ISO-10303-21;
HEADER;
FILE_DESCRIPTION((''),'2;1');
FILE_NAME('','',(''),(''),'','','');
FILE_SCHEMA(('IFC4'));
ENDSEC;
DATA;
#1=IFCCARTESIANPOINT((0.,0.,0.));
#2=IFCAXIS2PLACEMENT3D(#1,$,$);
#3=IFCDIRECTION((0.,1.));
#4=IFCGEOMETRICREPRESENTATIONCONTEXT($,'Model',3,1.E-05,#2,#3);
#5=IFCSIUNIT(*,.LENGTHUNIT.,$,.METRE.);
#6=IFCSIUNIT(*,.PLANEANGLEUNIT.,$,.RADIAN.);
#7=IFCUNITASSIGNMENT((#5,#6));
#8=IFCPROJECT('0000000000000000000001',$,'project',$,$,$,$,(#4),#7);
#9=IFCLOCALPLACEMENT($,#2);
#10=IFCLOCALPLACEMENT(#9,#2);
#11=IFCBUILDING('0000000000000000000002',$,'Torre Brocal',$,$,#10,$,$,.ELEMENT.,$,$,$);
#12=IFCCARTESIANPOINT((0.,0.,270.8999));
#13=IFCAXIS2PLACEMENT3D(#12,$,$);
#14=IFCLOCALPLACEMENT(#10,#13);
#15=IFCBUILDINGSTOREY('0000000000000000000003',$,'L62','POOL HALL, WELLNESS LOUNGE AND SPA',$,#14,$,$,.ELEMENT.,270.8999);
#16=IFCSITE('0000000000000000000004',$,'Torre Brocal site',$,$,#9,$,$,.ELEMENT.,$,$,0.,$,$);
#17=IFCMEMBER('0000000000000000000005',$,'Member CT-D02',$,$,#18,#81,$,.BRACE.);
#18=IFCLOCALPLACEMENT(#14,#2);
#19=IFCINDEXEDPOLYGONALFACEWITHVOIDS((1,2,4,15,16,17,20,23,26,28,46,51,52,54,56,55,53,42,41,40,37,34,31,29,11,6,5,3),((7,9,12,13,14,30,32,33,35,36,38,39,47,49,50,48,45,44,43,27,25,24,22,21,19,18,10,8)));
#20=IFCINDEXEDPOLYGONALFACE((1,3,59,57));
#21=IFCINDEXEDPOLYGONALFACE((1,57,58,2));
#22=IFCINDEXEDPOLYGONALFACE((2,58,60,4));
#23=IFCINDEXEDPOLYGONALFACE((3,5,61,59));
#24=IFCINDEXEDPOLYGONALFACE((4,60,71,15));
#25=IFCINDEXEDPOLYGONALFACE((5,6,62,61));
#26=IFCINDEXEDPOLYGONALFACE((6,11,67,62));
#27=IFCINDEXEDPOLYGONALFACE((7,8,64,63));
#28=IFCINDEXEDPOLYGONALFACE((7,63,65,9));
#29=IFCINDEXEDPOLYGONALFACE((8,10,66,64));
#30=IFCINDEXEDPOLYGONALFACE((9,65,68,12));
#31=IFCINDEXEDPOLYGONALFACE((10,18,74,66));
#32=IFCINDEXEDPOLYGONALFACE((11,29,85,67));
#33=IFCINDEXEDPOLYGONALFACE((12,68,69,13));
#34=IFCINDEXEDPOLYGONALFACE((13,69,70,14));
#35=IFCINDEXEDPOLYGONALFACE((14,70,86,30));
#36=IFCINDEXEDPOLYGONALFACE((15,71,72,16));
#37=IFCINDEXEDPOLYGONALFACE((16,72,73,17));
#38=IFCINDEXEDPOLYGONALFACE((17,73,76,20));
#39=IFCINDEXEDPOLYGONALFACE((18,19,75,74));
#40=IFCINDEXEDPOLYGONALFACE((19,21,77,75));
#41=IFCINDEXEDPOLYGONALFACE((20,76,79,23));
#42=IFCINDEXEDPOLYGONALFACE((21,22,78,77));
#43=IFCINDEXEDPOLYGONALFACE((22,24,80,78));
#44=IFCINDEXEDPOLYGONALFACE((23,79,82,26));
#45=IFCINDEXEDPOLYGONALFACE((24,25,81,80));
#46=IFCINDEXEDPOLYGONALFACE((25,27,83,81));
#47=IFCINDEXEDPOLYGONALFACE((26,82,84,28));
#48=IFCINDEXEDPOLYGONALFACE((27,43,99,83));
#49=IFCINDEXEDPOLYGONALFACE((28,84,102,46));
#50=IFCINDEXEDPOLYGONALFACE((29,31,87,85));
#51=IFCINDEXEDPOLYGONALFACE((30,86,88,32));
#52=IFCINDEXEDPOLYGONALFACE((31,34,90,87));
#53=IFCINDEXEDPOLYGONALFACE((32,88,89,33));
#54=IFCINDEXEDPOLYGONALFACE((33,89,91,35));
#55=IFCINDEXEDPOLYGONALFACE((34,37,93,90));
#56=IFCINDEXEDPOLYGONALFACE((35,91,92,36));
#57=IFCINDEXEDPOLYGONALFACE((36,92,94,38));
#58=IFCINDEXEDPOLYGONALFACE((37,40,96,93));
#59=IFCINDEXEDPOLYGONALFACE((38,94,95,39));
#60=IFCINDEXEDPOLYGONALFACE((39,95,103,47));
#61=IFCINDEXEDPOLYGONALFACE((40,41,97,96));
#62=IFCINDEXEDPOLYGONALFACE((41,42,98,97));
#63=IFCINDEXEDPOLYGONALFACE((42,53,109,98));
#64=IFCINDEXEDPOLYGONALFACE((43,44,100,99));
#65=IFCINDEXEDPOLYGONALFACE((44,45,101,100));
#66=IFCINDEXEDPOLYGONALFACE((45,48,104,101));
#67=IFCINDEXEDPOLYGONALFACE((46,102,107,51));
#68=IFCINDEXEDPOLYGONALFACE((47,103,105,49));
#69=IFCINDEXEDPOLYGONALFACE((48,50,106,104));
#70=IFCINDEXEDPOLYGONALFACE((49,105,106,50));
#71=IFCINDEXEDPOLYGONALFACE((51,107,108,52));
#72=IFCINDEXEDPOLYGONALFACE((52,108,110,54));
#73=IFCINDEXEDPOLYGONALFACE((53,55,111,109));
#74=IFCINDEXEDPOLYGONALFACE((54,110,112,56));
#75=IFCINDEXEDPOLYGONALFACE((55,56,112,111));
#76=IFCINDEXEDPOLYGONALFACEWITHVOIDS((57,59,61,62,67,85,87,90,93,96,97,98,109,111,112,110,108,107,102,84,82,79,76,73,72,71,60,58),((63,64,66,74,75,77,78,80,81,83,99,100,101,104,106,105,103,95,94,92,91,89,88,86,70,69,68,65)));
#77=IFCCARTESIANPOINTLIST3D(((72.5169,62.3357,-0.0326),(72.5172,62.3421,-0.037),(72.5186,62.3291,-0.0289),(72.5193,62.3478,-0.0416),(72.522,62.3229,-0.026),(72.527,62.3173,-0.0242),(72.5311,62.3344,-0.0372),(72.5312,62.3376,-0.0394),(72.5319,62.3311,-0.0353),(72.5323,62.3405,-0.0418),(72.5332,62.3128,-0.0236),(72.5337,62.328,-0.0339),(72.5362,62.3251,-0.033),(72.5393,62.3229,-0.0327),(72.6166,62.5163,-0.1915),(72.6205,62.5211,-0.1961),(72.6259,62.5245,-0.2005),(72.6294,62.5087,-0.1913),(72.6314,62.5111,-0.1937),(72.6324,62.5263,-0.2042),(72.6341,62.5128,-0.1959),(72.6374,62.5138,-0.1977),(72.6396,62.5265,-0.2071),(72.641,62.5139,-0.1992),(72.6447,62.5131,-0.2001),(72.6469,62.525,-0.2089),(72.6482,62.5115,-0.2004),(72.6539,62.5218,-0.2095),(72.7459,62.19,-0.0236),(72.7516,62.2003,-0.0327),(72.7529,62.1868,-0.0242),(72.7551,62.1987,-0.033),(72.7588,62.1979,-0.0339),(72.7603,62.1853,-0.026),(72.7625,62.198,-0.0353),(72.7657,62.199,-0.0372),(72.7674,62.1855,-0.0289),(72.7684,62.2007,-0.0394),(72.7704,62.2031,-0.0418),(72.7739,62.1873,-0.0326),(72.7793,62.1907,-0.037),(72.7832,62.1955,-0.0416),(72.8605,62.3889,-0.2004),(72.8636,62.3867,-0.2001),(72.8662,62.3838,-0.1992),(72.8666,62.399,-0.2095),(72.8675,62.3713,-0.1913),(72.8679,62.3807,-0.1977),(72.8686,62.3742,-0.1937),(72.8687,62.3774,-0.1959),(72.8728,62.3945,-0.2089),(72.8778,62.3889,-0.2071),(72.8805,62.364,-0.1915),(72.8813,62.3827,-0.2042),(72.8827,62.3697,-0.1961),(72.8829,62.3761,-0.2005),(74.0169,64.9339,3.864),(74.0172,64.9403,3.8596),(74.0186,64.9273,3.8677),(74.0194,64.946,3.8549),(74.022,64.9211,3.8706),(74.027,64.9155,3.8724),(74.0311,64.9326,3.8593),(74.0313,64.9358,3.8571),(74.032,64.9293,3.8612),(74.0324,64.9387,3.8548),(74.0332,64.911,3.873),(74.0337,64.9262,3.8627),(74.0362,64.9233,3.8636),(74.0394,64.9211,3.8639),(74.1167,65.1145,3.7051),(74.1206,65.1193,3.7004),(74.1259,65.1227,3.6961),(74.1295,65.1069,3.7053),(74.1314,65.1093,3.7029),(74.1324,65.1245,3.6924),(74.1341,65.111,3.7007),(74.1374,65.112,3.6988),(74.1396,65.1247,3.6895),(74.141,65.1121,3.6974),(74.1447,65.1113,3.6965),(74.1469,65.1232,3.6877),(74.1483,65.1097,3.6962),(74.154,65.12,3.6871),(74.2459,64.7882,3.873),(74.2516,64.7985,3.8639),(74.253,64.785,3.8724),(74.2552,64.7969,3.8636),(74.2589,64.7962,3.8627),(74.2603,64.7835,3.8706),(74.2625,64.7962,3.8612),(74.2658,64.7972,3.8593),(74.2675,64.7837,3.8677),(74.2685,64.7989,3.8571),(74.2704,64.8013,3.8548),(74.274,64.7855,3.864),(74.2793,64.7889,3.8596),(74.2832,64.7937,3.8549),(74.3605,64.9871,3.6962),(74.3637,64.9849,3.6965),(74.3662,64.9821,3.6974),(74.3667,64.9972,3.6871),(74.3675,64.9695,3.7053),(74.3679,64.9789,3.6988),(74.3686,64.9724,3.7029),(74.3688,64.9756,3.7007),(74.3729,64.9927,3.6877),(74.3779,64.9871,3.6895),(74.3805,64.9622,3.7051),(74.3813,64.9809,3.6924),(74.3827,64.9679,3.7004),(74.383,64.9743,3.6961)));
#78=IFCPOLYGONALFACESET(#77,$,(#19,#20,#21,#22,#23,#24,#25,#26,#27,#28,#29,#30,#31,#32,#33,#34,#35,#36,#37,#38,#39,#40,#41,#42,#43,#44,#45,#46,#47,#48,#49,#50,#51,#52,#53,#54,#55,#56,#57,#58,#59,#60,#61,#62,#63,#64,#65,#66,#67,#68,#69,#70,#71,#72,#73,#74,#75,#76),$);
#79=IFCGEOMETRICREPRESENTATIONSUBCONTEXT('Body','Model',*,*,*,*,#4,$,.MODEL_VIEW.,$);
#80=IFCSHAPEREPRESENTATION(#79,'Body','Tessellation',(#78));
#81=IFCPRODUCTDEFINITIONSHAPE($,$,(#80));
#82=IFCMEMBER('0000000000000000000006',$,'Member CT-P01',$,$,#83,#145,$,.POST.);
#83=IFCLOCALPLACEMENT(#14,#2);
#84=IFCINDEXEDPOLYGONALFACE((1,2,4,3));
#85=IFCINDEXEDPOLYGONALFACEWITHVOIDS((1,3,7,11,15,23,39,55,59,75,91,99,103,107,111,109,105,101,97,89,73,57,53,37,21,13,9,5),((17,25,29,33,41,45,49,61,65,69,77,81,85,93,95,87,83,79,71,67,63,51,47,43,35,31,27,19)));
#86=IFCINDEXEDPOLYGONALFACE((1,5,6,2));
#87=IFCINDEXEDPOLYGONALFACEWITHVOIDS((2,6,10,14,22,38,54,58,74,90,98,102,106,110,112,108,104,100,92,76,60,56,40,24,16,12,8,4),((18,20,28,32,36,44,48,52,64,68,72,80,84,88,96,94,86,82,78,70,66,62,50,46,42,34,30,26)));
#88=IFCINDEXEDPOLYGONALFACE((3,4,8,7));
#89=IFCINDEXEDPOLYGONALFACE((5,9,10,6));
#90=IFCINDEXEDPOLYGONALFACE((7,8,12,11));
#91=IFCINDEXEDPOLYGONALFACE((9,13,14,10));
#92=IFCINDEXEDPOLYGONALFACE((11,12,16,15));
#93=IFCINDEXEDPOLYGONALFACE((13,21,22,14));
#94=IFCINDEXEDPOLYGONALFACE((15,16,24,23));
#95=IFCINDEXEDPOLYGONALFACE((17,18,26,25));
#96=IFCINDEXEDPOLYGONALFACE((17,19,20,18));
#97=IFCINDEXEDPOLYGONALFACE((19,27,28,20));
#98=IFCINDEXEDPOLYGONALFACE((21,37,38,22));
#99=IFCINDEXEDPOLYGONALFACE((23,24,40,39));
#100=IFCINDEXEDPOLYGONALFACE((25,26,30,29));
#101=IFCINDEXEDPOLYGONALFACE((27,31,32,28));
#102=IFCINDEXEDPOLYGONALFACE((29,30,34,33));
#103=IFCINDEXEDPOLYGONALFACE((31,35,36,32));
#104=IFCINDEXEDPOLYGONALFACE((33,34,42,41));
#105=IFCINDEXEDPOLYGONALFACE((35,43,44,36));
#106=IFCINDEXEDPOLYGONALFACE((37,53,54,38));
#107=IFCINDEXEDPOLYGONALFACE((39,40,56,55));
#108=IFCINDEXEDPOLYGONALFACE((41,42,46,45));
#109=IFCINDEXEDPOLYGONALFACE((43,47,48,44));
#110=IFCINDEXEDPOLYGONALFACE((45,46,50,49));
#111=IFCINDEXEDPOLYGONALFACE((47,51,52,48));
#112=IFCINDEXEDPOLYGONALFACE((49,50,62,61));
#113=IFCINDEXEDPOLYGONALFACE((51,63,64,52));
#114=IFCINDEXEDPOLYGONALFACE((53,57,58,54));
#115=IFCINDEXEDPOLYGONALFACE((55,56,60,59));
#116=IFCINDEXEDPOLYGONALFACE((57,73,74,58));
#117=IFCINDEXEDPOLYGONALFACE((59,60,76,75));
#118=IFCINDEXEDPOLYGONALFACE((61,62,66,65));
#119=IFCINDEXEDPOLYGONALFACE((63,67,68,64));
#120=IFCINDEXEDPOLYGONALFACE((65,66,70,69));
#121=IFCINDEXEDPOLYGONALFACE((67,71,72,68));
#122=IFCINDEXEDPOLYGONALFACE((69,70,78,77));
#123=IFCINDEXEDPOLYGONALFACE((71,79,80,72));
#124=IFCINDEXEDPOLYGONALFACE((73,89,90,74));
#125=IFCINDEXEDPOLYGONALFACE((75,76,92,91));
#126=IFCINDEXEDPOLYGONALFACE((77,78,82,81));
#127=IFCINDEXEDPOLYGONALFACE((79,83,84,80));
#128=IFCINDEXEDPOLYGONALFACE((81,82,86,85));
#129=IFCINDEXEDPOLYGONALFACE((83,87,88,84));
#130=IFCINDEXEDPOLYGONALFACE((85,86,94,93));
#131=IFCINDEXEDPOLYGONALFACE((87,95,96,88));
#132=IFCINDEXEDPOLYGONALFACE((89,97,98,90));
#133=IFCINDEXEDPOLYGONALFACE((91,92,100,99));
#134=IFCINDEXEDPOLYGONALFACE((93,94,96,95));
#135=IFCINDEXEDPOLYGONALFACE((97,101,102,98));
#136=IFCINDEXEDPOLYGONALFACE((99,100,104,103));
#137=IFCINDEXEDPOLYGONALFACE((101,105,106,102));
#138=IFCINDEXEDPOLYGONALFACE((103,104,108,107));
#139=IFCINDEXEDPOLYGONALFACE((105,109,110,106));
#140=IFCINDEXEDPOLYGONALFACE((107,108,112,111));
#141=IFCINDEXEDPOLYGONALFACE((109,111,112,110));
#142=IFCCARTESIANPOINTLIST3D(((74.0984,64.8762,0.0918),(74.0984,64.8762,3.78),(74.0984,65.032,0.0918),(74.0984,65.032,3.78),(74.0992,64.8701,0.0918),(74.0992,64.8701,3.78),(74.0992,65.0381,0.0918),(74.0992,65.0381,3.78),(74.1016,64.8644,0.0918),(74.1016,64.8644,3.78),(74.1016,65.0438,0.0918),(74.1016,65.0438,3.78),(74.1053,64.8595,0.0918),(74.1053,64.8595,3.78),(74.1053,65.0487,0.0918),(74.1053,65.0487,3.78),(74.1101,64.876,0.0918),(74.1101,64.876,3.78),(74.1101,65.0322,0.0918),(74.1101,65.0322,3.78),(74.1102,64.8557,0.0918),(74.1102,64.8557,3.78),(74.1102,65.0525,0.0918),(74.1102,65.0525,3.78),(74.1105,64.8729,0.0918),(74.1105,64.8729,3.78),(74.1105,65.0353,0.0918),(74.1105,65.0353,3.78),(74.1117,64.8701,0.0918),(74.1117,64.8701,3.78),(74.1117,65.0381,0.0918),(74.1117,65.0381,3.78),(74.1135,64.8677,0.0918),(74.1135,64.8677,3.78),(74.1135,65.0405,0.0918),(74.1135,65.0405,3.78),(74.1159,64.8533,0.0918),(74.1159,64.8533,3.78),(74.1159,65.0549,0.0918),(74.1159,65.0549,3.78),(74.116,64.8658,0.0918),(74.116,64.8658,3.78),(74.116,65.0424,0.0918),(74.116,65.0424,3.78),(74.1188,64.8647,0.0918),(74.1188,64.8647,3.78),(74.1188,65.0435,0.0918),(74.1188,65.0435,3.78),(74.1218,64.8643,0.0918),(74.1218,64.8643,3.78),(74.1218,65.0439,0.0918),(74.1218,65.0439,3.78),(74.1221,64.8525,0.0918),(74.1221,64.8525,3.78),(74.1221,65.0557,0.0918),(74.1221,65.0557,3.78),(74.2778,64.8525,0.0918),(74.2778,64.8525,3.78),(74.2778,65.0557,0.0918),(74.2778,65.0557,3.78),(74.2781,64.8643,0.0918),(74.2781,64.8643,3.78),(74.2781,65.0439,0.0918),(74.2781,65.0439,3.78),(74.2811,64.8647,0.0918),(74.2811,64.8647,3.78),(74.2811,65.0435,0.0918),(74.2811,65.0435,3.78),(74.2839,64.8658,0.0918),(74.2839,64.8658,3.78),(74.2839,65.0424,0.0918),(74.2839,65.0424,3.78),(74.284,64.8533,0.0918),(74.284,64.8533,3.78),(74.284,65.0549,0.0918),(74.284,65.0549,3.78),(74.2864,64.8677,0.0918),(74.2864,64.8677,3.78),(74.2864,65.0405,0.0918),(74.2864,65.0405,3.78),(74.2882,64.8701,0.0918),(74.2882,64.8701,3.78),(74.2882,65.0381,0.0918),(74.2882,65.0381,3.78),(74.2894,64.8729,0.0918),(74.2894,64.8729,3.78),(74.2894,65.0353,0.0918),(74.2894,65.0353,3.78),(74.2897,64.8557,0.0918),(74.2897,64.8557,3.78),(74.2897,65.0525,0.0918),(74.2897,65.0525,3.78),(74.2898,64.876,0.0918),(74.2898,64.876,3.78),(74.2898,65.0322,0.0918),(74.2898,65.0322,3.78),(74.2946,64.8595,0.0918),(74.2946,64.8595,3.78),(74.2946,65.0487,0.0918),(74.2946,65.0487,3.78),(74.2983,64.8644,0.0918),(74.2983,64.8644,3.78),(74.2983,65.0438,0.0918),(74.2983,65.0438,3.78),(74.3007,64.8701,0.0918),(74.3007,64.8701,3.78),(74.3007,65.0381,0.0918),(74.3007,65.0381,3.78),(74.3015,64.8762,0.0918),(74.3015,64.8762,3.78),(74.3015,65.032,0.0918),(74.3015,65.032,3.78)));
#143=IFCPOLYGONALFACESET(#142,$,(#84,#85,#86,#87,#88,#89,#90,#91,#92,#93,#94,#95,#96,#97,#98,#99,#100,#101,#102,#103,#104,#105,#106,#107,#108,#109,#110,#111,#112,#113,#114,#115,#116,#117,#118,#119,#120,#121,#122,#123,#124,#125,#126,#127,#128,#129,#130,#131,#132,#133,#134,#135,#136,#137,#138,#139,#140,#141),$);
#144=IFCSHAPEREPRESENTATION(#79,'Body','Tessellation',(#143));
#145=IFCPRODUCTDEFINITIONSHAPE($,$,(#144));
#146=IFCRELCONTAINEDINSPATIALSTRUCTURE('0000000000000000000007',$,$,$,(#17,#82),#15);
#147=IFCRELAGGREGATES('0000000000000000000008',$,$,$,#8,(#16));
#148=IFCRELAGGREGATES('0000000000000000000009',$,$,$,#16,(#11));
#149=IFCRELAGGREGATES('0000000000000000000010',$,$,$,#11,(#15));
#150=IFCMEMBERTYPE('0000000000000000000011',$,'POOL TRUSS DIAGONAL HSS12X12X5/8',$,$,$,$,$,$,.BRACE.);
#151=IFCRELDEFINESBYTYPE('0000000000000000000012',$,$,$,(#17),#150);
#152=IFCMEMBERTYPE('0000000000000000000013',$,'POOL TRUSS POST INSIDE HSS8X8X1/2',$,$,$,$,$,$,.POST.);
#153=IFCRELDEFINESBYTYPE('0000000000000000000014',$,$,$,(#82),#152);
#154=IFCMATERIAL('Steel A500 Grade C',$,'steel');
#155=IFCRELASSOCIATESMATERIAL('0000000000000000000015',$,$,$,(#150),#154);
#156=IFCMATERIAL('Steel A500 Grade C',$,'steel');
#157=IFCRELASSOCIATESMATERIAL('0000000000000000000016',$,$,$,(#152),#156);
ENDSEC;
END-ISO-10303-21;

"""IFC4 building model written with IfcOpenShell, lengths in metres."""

from ifc_helpers import new_model, si_unit, direction, frame, origin, origin_2d, place, context, subcontext, project, spatial, hollow_rectangle, extrude, material, material_profile, profile_set, type_object, element, save


model = new_model("IFC4")

# Units and contexts
model_context = context("Model", 3, precision=1e-05, world=origin(), true_north=direction((0.0, 1.0)))
body_context = subcontext(model_context, "Body", "Model", "MODEL_VIEW")
ifc_project = project(units=[si_unit("LENGTHUNIT", "METRE"), si_unit("PLANEANGLEUNIT", "RADIAN")], contexts=[model_context])

# Site, building, storey
site_placement = place(None, origin())
site = spatial("IfcSite", under=ifc_project, at=site_placement, Name="Torre Brocal site", CompositionType="ELEMENT", RefElevation=0.0)
building_placement = place(site_placement, origin())
building = spatial("IfcBuilding", under=site, at=building_placement, Name="Torre Brocal", CompositionType="ELEMENT")
storey_placement = place(building_placement, frame((0.0, 0.0, 270.8999)))
storey = spatial("IfcBuildingStorey", under=building, at=storey_placement, Name="L62", Description="POOL HALL, WELLNESS LOUNGE AND SPA", CompositionType="ELEMENT", Elevation=270.8999)

# Members
ifc_material_1 = material(Name="Steel A500 Grade C", Category="steel")
ifc_material_profile_1 = material_profile(ifc_material_1, hollow_rectangle(XDim=0.3047, YDim=0.3047, WallThickness=0.0149, InnerFilletRadius=0.0149, OuterFilletRadius=0.0295, at=origin_2d()), Name="HSS12X12X5/8")
ifc_profile_set_1 = profile_set([ifc_material_profile_1], Name="Steel A500 Grade C")
member_type_1 = type_object("IfcMemberType", Name="POOL TRUSS DIAGONAL HSS12X12X5/8", PredefinedType="BRACE", material=ifc_profile_set_1)
for number, where, z_axis, x_axis, name in (
    (1, (74.2, 64.9541, 3.78), (-0.305026, -0.528334, -0.792352), (0.866031, -0.49999, 0.0), "Member CT-D02"),
):
    element("IfcMember", number, at=place(storey_placement, frame(where, z_axis=z_axis, x_axis=x_axis)), inside=storey, type_object=member_type_1, Name=name, PredefinedType="BRACE", context=body_context, shape_type="SweptSolid", body=[
        extrude(hollow_rectangle(XDim=0.3047, YDim=0.3047, WallThickness=0.0149, InnerFilletRadius=0.0149, OuterFilletRadius=0.0295, at=origin_2d()), origin(), (0.0, 0.0, 1.0), 4.9177),
    ])
ifc_material_2 = material(Name="Steel A500 Grade C", Category="steel")
ifc_material_profile_2 = material_profile(ifc_material_2, hollow_rectangle(XDim=0.2031, YDim=0.2031, WallThickness=0.0117, InnerFilletRadius=0.0117, OuterFilletRadius=0.0237, at=origin_2d()), Name="HSS8X8X1/2")
ifc_profile_set_2 = profile_set([ifc_material_profile_2], Name="Steel A500 Grade C")
member_type_2 = type_object("IfcMemberType", Name="POOL TRUSS POST INSIDE HSS8X8X1/2", PredefinedType="POST", material=ifc_profile_set_2)
for number, where, z_axis, x_axis, name in (
    (2, (74.2, 64.9541, 0.0918), (0.0, 0.0, 1.0), (1.0, 0.0, 0.0), "Member CT-P01"),
):
    element("IfcMember", number, at=place(storey_placement, frame(where, z_axis=z_axis, x_axis=x_axis)), inside=storey, type_object=member_type_2, Name=name, PredefinedType="POST", context=body_context, shape_type="SweptSolid", body=[
        extrude(hollow_rectangle(XDim=0.2031, YDim=0.2031, WallThickness=0.0117, InnerFilletRadius=0.0117, OuterFilletRadius=0.0237, at=origin_2d()), origin(), (0.0, 0.0, 1.0), 3.6882),
    ])

save(model, "model.ifc")
